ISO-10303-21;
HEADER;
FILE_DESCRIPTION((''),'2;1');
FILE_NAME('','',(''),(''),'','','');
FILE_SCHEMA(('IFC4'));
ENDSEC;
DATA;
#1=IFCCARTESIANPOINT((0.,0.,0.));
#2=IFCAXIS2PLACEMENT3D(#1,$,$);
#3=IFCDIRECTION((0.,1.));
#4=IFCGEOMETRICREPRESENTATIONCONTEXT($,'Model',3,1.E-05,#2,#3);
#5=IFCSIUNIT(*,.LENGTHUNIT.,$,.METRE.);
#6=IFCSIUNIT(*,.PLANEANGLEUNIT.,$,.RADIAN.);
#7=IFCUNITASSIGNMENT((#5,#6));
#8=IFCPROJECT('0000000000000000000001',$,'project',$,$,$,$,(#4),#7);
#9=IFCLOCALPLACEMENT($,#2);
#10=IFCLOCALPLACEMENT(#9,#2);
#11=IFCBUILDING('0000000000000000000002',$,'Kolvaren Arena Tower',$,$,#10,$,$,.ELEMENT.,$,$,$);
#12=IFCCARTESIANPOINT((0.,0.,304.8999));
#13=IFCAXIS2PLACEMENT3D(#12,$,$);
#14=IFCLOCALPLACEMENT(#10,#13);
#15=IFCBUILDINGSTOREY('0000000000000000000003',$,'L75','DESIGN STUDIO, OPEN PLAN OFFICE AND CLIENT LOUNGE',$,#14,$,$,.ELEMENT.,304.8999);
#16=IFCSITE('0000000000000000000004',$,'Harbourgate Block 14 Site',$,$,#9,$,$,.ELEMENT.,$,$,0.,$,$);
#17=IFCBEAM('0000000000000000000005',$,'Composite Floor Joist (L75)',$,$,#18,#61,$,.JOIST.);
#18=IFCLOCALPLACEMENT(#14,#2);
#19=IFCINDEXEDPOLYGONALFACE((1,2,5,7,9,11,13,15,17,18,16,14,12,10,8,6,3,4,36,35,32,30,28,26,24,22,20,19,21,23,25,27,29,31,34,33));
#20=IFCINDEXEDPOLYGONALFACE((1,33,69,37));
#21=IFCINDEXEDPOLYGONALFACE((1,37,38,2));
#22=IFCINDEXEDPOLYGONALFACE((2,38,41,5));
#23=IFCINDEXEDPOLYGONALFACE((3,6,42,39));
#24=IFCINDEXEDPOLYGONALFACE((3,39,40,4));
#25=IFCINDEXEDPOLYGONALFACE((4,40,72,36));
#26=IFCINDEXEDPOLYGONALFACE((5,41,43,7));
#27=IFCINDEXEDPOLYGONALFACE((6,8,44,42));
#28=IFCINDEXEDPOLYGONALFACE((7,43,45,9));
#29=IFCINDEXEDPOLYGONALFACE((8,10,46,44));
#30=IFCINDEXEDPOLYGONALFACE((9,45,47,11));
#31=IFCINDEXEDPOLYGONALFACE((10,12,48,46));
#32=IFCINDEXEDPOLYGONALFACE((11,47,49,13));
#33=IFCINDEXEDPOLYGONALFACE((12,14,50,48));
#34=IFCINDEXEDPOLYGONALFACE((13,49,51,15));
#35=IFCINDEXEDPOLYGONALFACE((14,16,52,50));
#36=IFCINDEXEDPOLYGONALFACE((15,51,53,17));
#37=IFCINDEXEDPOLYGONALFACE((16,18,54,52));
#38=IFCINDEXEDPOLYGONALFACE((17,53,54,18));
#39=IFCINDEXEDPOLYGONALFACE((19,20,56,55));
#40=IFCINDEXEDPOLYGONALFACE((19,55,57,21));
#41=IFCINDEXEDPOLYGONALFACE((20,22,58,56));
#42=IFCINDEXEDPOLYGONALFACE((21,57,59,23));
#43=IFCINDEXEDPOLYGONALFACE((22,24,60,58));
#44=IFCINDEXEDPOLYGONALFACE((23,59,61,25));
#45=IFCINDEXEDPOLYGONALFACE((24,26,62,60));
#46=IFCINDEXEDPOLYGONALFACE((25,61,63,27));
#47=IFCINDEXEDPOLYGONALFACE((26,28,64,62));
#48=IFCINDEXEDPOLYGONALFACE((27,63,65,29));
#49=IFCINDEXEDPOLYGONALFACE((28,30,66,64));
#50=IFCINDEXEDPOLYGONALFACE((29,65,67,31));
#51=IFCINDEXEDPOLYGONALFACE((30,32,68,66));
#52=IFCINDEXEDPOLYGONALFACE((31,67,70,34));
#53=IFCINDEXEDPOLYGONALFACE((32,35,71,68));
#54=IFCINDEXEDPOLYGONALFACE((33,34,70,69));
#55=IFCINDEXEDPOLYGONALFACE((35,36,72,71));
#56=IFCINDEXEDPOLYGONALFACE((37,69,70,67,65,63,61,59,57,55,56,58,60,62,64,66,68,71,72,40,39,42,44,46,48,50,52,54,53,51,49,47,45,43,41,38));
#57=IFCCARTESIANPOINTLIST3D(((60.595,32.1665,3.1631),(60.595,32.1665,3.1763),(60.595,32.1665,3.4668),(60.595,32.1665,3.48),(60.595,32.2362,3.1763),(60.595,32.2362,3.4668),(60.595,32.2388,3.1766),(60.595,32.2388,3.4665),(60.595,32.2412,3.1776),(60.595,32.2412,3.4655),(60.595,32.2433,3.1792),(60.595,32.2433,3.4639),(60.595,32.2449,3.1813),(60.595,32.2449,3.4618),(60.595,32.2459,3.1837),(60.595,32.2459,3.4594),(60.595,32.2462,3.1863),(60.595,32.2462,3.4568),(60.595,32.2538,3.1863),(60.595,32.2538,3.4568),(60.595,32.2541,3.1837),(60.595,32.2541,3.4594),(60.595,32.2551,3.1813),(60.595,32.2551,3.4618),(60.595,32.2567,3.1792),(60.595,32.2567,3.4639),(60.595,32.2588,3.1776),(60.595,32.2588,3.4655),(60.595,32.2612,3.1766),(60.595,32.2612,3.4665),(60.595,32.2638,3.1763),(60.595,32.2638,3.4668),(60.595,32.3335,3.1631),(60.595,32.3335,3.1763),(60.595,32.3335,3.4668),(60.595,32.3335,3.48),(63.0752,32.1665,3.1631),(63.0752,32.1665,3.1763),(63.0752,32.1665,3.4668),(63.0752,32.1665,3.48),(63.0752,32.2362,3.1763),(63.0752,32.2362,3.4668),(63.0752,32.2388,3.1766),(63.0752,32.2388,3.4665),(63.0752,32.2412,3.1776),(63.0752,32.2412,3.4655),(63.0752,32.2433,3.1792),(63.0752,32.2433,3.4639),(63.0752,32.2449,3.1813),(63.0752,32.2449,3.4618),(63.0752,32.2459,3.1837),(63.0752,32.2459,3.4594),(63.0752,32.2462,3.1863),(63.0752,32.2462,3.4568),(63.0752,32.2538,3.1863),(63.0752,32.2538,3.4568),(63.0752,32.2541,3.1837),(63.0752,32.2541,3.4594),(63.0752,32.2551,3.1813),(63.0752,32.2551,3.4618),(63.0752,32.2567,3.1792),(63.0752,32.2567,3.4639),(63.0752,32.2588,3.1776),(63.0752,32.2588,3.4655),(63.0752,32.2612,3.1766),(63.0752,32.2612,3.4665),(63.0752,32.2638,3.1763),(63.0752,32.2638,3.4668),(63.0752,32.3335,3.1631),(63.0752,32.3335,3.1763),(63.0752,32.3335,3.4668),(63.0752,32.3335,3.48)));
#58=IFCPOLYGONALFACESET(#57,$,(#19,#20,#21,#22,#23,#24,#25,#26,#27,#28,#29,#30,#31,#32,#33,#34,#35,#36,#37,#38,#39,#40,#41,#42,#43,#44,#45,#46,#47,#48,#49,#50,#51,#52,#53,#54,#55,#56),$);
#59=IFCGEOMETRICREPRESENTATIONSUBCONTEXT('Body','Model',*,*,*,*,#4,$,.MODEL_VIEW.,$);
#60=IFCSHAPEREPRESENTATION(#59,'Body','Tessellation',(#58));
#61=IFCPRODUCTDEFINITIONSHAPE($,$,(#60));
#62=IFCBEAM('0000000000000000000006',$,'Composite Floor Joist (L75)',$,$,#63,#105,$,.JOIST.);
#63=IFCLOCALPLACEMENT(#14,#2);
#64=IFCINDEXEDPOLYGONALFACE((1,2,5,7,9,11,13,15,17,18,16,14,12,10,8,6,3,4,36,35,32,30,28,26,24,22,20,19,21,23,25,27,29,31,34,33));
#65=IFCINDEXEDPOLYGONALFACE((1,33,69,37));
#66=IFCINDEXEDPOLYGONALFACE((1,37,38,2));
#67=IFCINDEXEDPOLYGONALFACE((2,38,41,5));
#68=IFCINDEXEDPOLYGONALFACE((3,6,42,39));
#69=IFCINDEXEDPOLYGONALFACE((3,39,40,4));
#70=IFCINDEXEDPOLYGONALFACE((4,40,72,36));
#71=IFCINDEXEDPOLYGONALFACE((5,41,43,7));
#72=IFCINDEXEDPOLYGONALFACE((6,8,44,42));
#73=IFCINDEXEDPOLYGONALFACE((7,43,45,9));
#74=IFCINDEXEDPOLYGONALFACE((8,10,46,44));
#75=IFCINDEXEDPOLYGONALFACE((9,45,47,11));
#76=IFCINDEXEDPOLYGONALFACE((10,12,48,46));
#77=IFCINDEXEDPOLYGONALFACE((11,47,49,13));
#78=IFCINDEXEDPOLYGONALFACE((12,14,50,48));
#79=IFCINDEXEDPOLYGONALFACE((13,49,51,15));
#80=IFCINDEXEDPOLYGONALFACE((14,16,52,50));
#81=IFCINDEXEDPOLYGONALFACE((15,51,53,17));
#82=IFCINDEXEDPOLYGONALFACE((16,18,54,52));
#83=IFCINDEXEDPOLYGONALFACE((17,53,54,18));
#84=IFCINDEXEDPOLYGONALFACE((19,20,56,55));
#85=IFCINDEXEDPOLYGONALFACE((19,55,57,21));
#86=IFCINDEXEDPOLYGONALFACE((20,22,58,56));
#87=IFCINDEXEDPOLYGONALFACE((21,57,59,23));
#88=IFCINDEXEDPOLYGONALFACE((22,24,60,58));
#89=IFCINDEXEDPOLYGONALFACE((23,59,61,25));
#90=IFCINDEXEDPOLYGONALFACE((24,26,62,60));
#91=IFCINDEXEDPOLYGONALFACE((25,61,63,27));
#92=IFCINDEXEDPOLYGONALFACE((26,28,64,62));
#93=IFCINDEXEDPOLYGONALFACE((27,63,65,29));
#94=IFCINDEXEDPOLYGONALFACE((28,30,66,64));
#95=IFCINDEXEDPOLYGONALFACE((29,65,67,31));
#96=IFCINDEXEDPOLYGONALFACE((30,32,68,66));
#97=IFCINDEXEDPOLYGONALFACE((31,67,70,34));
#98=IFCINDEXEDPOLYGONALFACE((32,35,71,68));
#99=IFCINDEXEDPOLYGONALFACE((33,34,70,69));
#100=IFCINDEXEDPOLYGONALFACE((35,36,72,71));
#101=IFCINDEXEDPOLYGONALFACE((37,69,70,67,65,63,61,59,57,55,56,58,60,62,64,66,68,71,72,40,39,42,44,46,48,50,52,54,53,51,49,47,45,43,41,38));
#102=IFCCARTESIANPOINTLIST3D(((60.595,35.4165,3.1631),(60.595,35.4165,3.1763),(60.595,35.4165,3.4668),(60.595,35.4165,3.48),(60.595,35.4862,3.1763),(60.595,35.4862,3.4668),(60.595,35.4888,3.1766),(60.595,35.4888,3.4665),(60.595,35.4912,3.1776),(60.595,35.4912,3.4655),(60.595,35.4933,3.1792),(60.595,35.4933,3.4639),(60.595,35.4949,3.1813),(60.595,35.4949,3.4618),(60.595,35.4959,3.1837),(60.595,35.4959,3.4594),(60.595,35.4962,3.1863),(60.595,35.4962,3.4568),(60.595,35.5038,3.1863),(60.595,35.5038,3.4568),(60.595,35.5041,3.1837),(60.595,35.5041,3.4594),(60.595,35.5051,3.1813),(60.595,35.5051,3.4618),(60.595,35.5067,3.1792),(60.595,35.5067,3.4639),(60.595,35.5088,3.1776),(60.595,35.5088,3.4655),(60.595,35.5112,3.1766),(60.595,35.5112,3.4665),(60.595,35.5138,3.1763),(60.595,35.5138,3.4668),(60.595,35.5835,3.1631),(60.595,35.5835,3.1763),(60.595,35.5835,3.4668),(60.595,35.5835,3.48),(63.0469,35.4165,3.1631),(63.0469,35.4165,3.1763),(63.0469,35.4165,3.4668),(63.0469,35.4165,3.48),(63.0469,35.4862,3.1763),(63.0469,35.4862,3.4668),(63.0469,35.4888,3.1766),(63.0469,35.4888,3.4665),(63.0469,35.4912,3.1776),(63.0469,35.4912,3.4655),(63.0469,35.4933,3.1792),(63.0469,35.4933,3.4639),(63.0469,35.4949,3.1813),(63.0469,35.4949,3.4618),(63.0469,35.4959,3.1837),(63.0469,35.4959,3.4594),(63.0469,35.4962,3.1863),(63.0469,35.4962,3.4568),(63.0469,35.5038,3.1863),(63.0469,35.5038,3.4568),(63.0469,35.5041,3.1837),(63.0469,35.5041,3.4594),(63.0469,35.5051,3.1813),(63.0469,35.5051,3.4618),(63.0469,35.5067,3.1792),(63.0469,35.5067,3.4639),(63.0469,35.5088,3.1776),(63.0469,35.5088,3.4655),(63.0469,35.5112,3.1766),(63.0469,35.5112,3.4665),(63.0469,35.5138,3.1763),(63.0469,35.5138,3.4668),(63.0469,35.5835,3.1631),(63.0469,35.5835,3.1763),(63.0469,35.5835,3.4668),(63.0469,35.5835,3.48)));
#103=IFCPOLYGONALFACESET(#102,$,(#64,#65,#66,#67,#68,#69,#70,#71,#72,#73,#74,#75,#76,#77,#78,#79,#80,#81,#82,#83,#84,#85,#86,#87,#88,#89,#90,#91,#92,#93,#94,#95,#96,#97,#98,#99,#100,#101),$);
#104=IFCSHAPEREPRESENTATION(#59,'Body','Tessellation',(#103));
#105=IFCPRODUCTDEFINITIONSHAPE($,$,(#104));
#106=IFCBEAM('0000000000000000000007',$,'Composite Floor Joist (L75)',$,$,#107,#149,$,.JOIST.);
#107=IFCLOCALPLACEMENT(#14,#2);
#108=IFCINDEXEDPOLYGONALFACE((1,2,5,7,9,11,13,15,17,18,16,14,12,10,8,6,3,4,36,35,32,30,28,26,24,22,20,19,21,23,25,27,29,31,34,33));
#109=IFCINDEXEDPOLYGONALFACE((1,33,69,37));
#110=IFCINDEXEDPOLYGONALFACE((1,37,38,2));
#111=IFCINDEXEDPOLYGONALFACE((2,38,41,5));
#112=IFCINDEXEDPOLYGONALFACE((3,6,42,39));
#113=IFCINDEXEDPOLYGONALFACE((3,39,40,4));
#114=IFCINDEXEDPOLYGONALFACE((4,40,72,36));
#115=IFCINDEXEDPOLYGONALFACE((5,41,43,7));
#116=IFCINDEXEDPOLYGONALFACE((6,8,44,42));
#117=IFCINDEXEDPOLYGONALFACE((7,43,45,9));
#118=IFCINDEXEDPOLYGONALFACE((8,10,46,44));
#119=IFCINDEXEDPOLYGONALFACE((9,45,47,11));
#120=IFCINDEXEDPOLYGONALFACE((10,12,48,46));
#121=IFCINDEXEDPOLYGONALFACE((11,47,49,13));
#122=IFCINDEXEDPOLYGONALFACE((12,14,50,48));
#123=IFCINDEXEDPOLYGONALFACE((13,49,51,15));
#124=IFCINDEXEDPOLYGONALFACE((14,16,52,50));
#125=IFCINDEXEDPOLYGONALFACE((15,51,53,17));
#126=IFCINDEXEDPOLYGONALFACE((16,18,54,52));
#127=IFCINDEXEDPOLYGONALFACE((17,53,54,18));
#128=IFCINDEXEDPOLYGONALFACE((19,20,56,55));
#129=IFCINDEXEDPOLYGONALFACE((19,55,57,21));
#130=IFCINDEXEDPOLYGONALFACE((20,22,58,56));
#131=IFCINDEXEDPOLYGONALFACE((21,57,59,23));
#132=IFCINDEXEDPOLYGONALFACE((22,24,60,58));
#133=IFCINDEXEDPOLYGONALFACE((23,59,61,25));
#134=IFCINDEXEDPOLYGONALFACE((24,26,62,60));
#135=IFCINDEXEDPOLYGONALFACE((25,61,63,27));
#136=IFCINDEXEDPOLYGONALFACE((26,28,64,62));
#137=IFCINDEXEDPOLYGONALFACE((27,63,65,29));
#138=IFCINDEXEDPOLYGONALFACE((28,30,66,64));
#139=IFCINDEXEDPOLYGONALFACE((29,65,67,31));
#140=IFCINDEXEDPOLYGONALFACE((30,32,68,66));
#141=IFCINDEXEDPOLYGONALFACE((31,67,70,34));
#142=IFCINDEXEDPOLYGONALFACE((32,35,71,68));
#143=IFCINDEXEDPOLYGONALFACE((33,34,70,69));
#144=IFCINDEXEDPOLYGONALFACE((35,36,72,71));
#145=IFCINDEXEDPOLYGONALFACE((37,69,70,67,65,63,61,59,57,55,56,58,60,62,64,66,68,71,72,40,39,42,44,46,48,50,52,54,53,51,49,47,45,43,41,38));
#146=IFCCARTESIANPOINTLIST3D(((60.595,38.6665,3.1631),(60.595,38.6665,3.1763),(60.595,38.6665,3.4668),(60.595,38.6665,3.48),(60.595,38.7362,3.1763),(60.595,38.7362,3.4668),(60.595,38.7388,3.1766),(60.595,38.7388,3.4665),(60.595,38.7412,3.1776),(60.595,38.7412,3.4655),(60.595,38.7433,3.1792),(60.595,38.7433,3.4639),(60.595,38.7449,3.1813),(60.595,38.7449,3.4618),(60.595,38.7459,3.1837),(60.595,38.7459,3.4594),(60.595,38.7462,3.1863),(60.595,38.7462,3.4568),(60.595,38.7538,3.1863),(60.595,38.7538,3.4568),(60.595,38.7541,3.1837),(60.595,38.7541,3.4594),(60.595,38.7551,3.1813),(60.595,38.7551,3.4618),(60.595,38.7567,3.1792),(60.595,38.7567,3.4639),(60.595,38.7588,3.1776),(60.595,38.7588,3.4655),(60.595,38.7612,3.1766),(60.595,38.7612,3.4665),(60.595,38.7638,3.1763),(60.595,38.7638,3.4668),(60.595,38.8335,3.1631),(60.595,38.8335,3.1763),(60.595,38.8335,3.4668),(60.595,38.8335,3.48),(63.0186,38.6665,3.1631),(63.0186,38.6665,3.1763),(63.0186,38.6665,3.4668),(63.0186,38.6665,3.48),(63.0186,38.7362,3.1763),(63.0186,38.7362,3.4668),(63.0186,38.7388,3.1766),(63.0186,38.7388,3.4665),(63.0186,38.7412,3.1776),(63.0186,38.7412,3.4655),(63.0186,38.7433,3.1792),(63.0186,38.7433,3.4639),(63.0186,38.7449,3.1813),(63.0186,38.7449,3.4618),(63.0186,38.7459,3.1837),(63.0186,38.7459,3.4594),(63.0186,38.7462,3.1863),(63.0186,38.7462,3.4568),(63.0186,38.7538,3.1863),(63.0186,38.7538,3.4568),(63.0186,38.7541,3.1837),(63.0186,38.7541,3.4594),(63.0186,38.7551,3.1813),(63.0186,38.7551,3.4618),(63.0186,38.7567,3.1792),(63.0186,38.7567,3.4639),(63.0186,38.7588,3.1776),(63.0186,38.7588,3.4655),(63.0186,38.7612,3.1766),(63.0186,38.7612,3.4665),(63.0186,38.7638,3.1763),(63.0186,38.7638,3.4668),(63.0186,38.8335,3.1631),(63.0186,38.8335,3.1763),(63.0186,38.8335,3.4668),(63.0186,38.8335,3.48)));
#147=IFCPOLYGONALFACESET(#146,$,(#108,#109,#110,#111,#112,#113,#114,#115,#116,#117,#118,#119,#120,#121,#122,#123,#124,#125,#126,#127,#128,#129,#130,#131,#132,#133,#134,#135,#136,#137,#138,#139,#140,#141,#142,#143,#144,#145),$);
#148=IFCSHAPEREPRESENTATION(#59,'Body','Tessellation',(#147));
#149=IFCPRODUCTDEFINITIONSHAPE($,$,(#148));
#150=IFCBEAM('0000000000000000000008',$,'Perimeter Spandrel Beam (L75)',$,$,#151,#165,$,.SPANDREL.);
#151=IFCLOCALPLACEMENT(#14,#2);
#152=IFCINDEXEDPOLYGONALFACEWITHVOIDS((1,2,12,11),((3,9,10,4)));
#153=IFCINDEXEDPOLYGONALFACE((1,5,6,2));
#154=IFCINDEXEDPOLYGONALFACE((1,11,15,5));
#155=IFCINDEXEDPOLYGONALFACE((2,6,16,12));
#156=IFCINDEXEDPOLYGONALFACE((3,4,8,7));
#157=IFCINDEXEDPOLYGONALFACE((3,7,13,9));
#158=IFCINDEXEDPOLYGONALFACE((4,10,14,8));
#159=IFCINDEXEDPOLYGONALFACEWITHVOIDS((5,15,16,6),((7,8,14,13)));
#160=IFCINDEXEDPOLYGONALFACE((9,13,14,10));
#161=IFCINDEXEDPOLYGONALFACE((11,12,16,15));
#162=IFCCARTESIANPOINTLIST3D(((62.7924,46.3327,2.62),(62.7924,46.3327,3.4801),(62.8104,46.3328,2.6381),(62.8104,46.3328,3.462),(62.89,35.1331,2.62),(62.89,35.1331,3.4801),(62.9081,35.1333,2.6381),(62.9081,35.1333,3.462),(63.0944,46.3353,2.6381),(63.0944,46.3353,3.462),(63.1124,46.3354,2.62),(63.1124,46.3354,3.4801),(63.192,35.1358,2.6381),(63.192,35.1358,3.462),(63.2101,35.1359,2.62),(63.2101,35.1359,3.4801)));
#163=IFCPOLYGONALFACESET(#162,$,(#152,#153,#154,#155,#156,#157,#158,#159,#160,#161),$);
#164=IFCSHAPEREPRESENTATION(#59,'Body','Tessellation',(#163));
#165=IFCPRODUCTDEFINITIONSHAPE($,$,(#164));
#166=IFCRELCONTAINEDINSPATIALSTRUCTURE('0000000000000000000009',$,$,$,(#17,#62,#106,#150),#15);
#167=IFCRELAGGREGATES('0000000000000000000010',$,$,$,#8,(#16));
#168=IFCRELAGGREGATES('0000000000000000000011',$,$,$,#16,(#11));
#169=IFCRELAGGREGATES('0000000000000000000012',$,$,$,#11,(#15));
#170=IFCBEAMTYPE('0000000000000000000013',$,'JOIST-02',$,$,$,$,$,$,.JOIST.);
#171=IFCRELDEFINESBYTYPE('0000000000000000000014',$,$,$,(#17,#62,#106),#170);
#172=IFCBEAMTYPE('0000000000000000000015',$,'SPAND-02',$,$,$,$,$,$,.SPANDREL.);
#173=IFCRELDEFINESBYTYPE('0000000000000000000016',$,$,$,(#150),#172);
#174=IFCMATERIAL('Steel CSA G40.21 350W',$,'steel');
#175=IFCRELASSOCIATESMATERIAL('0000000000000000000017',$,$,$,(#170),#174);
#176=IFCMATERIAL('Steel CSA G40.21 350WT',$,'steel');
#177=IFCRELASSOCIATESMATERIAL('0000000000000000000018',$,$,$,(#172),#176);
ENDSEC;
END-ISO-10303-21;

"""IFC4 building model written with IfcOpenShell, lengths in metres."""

from ifc_helpers import new_model, si_unit, direction, frame, origin, origin_2d, place, context, subcontext, project, spatial, hollow_rectangle, i_section, extrude, material, material_profile, profile_set, type_object, element, save


model = new_model("IFC4")

# Units and contexts
model_context = context("Model", 3, precision=1e-05, world=origin(), true_north=direction((0.0, 1.0)))
body_context = subcontext(model_context, "Body", "Model", "MODEL_VIEW")
ifc_project = project(units=[si_unit("LENGTHUNIT", "METRE"), si_unit("PLANEANGLEUNIT", "RADIAN")], contexts=[model_context])

# Site, building, storey
site_placement = place(None, origin())
site = spatial("IfcSite", under=ifc_project, at=site_placement, Name="Harbourgate Block 14 Site", CompositionType="ELEMENT", RefElevation=0.0)
building_placement = place(site_placement, origin())
building = spatial("IfcBuilding", under=site, at=building_placement, Name="Kolvaren Arena Tower", CompositionType="ELEMENT")
storey_placement = place(building_placement, frame((0.0, 0.0, 304.8999)))
storey = spatial("IfcBuildingStorey", under=building, at=storey_placement, Name="L75", Description="DESIGN STUDIO, OPEN PLAN OFFICE AND CLIENT LOUNGE", CompositionType="ELEMENT", Elevation=304.8999)

# Beams
ifc_material_1 = material(Name="Steel CSA G40.21 350W", Category="steel")
ifc_material_profile_1 = material_profile(ifc_material_1, i_section(OverallWidth=0.167, OverallDepth=0.3169, WebThickness=0.0076, FlangeThickness=0.0132, FilletRadius=0.01, at=origin_2d()), Name="W310x52")
ifc_profile_set_1 = profile_set([ifc_material_profile_1], Name="Steel CSA G40.21 350W")
beam_type_1 = type_object("IfcBeamType", Name="JOIST-02", PredefinedType="JOIST", material=ifc_profile_set_1)
beam_1_placement = place(storey_placement, frame((60.595, 32.25, 3.3215), z_axis=(1.0, 0.0, 0.0), x_axis=(0.0, 1.0, 0.0)))
element("IfcBeam", 1, at=beam_1_placement, inside=storey, type_object=beam_type_1, Name="Composite Floor Joist (L75)", PredefinedType="JOIST", context=body_context, shape_type="SweptSolid", body=[
    extrude(i_section(OverallWidth=0.167, OverallDepth=0.3169, WebThickness=0.0076, FlangeThickness=0.0132, FilletRadius=0.01, at=origin_2d()), origin(), (0.0, 0.0, 1.0), 2.4802),
])
beam_2_placement = place(storey_placement, frame((60.595, 35.5, 3.3215), z_axis=(1.0, 0.0, 0.0), x_axis=(0.0, 1.0, 0.0)))
element("IfcBeam", 2, at=beam_2_placement, inside=storey, type_object=beam_type_1, Name="Composite Floor Joist (L75)", PredefinedType="JOIST", context=body_context, shape_type="SweptSolid", body=[
    extrude(i_section(OverallWidth=0.167, OverallDepth=0.3169, WebThickness=0.0076, FlangeThickness=0.0132, FilletRadius=0.01, at=origin_2d()), origin(), (0.0, 0.0, 1.0), 2.4519),
])
beam_3_placement = place(storey_placement, frame((60.595, 38.75, 3.3215), z_axis=(1.0, 0.0, 0.0), x_axis=(0.0, 1.0, 0.0)))
element("IfcBeam", 3, at=beam_3_placement, inside=storey, type_object=beam_type_1, Name="Composite Floor Joist (L75)", PredefinedType="JOIST", context=body_context, shape_type="SweptSolid", body=[
    extrude(i_section(OverallWidth=0.167, OverallDepth=0.3169, WebThickness=0.0076, FlangeThickness=0.0132, FilletRadius=0.01, at=origin_2d()), origin(), (0.0, 0.0, 1.0), 2.4236),
])
ifc_material_2 = material(Name="Steel CSA G40.21 350WT", Category="steel")
ifc_material_profile_2 = material_profile(ifc_material_2, hollow_rectangle(XDim=0.3201, YDim=0.8601, WallThickness=0.0181, at=origin_2d()), Name="HSS 860x320x18")
ifc_profile_set_2 = profile_set([ifc_material_profile_2], Name="Steel CSA G40.21 350WT")
beam_type_2 = type_object("IfcBeamType", Name="SPAND-02", PredefinedType="SPANDREL", material=ifc_profile_set_2)
beam_4_placement = place(storey_placement, frame((63.05, 35.1345, 3.05), z_axis=(-0.008719, 0.999962, 0.0), x_axis=(-0.999962, -0.008719, 0.0)))
element("IfcBeam", 4, at=beam_4_placement, inside=storey, type_object=beam_type_2, Name="Perimeter Spandrel Beam (L75)", PredefinedType="SPANDREL", context=body_context, shape_type="SweptSolid", body=[
    extrude(hollow_rectangle(XDim=0.3201, YDim=0.8601, WallThickness=0.0181, at=origin_2d()), origin(), (0.0, 0.0, 1.0), 11.2),
])

save(model, "model.ifc")
